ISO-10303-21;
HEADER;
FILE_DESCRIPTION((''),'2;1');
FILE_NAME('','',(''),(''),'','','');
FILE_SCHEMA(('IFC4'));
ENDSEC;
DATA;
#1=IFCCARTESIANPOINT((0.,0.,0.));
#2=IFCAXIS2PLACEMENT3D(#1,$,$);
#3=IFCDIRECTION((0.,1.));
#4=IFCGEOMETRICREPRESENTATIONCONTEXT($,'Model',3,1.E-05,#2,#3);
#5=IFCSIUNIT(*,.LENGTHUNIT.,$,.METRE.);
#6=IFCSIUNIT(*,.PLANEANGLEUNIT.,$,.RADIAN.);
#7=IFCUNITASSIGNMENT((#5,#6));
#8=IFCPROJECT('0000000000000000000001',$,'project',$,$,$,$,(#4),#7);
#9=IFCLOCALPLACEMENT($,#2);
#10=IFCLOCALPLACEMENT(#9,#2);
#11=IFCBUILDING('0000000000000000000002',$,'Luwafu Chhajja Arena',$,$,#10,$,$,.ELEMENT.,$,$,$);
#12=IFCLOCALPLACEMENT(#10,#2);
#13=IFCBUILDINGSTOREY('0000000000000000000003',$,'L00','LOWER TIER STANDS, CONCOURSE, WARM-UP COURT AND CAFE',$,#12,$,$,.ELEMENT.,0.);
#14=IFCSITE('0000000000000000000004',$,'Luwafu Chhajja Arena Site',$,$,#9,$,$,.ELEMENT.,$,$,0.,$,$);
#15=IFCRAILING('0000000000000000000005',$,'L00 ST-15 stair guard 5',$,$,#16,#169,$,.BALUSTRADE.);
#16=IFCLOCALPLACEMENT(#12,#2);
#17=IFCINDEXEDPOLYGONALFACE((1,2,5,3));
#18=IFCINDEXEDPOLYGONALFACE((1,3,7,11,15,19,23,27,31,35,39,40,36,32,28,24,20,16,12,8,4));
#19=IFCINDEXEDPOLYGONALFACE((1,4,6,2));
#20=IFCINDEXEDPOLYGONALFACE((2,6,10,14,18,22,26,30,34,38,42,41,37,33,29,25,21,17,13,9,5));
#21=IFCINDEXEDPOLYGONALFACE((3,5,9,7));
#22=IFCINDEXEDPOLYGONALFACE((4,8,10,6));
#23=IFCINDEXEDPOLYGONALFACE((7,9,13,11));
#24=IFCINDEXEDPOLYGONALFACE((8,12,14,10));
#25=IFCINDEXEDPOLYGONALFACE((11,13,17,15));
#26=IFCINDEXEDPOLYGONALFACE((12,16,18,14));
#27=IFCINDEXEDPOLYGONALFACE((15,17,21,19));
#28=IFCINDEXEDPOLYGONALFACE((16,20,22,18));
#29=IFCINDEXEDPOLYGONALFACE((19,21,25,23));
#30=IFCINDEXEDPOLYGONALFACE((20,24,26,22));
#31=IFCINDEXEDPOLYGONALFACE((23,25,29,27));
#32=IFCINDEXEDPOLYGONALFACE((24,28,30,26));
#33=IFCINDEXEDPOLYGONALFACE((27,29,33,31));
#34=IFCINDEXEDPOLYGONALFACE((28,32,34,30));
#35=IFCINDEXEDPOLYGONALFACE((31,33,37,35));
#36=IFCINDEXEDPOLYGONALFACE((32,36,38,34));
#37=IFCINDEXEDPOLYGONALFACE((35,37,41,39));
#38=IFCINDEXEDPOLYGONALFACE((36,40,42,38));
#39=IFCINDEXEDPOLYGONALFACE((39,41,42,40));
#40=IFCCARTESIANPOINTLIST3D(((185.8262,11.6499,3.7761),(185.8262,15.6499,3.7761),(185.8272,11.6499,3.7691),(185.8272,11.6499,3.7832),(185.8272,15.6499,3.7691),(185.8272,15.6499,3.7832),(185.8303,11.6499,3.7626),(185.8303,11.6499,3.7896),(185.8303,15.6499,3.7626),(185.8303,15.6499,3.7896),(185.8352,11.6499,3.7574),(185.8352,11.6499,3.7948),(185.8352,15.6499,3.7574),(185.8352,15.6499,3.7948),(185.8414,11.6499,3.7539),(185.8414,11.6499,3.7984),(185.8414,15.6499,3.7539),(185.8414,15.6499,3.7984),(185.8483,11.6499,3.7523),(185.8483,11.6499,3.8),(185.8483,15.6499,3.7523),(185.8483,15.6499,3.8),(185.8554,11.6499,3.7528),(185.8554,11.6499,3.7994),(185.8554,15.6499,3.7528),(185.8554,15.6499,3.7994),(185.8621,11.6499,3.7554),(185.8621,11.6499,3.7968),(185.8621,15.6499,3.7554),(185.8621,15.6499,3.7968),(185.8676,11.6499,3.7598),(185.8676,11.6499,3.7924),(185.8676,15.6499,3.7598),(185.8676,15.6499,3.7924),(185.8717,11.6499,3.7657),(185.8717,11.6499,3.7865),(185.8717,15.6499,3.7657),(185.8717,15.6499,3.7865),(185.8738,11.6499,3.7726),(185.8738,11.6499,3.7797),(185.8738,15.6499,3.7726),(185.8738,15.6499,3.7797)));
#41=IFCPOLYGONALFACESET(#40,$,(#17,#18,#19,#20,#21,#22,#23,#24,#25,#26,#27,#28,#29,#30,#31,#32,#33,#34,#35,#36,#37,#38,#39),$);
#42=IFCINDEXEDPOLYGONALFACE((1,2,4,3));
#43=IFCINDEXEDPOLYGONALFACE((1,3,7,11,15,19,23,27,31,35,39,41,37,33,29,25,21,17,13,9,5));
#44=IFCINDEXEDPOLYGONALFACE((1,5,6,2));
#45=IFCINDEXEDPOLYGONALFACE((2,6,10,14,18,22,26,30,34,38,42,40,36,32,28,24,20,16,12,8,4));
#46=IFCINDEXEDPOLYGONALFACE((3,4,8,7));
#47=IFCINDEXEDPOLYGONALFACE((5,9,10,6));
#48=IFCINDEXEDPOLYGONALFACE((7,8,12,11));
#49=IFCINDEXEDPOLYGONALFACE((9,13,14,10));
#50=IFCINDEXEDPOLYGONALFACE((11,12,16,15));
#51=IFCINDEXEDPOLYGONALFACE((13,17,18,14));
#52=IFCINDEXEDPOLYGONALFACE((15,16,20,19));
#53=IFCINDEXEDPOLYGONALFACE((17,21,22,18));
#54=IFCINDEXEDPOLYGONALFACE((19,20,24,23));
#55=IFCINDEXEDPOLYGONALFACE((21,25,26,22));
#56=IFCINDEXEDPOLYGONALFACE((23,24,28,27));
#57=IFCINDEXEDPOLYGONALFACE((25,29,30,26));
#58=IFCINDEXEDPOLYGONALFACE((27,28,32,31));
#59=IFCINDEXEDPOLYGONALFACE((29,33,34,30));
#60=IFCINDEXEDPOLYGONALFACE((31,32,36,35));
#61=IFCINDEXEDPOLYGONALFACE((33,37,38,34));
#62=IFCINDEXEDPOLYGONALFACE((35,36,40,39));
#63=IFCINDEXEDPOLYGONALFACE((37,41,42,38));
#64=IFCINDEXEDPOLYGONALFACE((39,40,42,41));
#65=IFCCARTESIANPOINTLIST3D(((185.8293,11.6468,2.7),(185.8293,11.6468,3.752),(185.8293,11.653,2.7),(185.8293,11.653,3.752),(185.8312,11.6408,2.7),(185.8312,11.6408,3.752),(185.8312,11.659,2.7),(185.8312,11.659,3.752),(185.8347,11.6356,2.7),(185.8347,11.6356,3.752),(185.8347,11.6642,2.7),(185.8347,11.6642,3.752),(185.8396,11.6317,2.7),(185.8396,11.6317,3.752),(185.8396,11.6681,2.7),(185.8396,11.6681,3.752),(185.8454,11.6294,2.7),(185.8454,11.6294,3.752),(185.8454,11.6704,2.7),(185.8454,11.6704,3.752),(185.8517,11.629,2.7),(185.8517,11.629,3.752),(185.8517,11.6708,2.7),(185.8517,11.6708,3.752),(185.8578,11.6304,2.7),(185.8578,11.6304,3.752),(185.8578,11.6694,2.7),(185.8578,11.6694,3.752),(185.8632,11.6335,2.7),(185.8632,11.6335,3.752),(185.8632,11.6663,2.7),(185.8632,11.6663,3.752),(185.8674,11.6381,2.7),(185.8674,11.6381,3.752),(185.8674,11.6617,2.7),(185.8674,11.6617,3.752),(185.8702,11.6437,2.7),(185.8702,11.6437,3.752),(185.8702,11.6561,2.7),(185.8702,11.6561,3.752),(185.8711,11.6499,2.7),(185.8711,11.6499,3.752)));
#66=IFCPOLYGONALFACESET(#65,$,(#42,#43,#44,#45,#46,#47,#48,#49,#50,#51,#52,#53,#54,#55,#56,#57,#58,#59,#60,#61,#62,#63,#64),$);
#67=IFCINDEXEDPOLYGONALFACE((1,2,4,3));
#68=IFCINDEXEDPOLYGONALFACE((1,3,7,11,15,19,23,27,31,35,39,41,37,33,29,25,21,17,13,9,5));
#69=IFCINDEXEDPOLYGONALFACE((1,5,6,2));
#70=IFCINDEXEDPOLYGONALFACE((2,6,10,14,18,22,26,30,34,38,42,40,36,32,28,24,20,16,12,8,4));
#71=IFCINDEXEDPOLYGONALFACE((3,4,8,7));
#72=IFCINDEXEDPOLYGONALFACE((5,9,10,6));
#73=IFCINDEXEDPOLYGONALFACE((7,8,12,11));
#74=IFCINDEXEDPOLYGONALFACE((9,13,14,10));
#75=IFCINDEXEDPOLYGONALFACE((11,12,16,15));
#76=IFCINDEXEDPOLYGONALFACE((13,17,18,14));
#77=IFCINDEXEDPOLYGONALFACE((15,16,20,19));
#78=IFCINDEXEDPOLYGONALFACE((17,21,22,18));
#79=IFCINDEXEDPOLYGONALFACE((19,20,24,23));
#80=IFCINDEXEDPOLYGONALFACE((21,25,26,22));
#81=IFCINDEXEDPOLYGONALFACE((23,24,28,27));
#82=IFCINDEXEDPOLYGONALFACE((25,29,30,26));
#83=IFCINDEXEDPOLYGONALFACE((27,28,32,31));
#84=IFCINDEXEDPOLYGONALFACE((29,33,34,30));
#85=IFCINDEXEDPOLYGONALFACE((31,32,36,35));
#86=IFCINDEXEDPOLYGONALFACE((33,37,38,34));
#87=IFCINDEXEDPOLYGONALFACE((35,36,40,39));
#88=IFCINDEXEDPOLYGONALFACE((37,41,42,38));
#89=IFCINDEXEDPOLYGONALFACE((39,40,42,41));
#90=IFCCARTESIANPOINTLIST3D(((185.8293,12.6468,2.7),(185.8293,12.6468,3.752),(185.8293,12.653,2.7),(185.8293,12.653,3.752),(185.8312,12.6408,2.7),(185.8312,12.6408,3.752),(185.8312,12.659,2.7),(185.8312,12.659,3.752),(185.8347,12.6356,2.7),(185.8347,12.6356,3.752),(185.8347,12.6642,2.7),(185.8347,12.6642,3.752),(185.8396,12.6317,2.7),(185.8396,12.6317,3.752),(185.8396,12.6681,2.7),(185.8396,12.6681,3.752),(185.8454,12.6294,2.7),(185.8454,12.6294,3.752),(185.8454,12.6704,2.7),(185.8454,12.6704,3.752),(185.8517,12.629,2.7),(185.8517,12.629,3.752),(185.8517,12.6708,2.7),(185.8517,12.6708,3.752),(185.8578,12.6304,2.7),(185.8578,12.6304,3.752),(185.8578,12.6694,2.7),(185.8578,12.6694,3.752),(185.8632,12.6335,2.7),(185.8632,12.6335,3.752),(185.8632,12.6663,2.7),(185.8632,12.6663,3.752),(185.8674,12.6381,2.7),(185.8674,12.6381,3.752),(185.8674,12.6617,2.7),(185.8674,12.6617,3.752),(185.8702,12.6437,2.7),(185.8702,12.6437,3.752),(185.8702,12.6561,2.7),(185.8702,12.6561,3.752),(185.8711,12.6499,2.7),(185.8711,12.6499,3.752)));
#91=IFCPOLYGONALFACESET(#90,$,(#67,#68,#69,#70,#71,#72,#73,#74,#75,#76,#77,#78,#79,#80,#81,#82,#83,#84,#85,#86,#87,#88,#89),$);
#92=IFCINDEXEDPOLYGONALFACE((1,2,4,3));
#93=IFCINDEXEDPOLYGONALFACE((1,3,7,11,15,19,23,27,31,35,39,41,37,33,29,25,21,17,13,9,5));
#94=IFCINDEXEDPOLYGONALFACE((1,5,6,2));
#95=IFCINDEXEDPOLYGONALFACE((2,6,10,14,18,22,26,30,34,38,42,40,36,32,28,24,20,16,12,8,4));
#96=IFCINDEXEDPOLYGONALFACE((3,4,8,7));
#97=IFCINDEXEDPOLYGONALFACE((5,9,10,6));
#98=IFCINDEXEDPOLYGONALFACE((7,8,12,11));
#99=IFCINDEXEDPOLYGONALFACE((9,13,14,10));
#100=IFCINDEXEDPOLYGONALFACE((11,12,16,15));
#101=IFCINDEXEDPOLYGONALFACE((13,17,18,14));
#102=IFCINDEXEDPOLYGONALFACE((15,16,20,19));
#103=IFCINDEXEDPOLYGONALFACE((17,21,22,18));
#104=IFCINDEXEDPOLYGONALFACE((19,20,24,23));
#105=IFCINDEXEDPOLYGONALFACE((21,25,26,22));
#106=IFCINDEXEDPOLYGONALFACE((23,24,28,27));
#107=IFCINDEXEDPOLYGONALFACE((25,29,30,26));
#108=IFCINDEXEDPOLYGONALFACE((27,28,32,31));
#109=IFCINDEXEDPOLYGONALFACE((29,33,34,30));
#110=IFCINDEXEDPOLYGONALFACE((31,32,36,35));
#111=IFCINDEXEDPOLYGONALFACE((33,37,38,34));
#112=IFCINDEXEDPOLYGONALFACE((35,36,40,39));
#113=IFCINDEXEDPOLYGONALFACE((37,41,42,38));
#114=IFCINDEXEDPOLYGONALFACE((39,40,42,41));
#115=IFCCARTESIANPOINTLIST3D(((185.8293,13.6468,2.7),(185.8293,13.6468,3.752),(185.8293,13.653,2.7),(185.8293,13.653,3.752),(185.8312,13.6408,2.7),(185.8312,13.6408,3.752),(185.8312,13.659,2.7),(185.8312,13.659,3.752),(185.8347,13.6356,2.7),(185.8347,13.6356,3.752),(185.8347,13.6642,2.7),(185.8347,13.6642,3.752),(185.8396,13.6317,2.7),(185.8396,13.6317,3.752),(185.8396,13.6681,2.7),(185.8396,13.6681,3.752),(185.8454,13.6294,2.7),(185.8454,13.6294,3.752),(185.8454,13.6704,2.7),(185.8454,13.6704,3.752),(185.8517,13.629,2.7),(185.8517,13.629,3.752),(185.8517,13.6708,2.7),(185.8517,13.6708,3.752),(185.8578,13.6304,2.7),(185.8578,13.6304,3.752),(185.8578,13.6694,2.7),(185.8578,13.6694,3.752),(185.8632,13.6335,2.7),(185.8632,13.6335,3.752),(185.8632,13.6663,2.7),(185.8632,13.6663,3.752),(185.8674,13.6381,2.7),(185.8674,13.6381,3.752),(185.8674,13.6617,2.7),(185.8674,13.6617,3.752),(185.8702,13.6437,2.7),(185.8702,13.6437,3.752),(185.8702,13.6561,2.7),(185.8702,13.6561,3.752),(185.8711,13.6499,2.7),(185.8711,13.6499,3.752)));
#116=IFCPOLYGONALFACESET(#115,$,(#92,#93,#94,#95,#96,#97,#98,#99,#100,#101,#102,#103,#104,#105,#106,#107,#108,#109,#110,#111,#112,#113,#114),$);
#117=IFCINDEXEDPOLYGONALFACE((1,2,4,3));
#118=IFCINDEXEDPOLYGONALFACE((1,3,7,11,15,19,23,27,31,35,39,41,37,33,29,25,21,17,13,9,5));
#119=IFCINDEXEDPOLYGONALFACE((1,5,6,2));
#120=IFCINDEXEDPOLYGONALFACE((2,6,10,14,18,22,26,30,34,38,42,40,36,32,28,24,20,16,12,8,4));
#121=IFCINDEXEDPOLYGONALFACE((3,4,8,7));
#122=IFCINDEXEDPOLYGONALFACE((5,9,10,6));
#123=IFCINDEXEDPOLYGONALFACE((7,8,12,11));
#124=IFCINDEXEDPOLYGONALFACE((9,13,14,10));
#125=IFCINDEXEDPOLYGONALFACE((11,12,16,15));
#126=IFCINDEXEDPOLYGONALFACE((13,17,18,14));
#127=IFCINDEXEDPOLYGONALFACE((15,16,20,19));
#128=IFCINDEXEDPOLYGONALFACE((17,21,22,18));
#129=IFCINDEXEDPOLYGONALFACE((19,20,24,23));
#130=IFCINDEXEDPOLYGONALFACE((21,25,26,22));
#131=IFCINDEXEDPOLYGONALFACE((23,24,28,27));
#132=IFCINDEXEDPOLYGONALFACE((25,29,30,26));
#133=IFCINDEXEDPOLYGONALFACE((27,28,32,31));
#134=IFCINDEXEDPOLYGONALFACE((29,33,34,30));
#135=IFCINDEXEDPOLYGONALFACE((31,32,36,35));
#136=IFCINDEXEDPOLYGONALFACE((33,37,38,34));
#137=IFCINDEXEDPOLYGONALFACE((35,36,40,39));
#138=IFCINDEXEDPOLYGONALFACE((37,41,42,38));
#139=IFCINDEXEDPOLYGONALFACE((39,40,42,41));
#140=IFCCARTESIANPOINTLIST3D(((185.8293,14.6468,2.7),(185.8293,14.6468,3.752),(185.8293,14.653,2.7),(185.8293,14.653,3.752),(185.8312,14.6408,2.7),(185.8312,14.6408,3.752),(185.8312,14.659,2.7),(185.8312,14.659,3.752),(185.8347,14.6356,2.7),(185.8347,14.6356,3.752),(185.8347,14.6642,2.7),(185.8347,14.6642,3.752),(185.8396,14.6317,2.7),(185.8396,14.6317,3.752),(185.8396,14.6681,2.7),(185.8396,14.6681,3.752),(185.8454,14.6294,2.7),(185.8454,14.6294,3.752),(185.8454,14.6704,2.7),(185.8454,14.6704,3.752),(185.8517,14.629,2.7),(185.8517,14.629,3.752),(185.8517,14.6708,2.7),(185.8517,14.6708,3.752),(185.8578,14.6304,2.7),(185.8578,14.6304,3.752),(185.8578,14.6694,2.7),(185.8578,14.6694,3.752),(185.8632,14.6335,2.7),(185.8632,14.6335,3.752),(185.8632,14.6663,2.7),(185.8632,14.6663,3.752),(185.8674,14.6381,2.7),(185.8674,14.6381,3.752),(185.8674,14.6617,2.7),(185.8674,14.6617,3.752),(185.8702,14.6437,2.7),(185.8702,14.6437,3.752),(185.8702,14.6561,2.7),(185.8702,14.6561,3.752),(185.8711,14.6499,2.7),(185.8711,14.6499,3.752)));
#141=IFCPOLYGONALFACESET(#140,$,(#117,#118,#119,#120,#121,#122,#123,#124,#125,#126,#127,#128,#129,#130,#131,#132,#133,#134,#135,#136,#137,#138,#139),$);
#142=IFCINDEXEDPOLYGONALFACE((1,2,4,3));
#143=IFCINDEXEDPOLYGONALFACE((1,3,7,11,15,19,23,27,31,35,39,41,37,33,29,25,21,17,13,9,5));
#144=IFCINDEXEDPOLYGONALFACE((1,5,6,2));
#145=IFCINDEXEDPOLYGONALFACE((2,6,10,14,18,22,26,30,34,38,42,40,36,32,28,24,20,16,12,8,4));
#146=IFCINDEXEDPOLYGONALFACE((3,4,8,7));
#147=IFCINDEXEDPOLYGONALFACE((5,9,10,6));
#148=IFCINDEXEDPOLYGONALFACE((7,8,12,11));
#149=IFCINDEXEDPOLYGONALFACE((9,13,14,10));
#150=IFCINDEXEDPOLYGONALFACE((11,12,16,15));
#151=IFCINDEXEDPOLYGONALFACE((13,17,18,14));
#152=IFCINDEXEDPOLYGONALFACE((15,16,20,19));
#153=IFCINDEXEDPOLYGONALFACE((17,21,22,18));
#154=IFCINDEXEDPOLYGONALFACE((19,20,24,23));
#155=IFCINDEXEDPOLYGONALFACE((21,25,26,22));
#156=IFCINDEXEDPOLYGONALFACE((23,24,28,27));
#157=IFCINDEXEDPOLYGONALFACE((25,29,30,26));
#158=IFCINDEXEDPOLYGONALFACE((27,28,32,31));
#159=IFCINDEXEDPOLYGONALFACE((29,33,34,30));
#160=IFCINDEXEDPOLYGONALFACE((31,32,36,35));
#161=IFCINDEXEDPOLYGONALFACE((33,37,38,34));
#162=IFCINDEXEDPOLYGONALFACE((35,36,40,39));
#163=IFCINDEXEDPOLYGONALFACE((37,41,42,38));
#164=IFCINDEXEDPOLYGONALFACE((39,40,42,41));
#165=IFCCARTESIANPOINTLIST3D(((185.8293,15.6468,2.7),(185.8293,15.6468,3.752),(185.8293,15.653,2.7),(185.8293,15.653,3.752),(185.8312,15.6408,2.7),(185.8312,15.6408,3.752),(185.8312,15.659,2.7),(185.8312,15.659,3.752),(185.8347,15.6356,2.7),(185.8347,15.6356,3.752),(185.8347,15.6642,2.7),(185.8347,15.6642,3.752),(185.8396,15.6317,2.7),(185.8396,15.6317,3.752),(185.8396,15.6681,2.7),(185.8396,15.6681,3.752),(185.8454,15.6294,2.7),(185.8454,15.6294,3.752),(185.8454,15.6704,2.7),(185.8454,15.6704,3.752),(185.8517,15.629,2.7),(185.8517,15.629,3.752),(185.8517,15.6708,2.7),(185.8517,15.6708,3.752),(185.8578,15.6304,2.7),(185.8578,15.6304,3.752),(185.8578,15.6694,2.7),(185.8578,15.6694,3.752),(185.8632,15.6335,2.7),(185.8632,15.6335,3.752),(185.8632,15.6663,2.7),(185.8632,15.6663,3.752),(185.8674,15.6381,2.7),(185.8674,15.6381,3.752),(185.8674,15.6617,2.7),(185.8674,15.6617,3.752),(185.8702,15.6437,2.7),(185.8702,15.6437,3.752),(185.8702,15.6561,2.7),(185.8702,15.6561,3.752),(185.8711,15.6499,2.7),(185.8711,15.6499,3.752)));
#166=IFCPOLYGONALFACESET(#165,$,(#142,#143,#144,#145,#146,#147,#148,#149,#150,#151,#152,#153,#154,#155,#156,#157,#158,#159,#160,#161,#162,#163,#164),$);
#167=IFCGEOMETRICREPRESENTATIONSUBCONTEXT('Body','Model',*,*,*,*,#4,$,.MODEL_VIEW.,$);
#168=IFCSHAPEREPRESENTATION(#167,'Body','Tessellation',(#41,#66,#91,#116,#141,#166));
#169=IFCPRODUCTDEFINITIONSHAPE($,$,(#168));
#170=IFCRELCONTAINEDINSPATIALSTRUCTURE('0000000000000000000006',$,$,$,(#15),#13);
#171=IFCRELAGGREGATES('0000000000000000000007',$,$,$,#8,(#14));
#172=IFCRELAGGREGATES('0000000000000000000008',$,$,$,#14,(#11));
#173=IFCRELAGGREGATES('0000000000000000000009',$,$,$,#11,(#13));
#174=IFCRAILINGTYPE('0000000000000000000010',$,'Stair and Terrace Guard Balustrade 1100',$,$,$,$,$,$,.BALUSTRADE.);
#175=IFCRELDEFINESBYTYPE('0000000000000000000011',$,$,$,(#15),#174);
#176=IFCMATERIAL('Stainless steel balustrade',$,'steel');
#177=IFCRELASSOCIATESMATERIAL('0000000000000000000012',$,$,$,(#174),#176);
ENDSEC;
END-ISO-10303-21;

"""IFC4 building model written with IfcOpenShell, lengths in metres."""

from ifc_helpers import new_model, si_unit, direction, frame, origin, origin_2d, place, context, subcontext, project, spatial, circle, extrude, material, type_object, element, save


model = new_model("IFC4")

# Units and contexts
model_context = context("Model", 3, precision=1e-05, world=origin(), true_north=direction((0.0, 1.0)))
body_context = subcontext(model_context, "Body", "Model", "MODEL_VIEW")
ifc_project = project(units=[si_unit("LENGTHUNIT", "METRE"), si_unit("PLANEANGLEUNIT", "RADIAN")], contexts=[model_context])

# Site, building, storey
site_placement = place(None, origin())
site = spatial("IfcSite", under=ifc_project, at=site_placement, Name="Luwafu Chhajja Arena Site", CompositionType="ELEMENT", RefElevation=0.0)
building_placement = place(site_placement, origin())
building = spatial("IfcBuilding", under=site, at=building_placement, Name="Luwafu Chhajja Arena", CompositionType="ELEMENT")
storey_placement = place(building_placement, origin())
storey = spatial("IfcBuildingStorey", under=building, at=storey_placement, Name="L00", Description="LOWER TIER STANDS, CONCOURSE, WARM-UP COURT AND CAFE", CompositionType="ELEMENT", Elevation=0.0)

# Railing
ifc_material_1 = material(Name="Stainless steel balustrade", Category="steel")
railing_type_1 = type_object("IfcRailingType", Name="Stair and Terrace Guard Balustrade 1100", PredefinedType="BALUSTRADE", material=ifc_material_1)
railing_1_placement = place(storey_placement, frame((185.8501, 11.6499, 2.7)))
element("IfcRailing", 1, at=railing_1_placement, inside=storey, type_object=railing_type_1, Name="L00 ST-15 stair guard 5", PredefinedType="BALUSTRADE", context=body_context, shape_type="SweptSolid", body=[
    extrude(circle(Radius=0.0239, at=origin_2d()), frame((0.0, 0.0, 1.0762), z_axis=(0.0, 1.0, 0.0), x_axis=(-1.0, 0.0, 0.0)), (0.0, 0.0, 1.0), 4.0),
    extrude(circle(Radius=0.021, at=origin_2d()), origin(), (0.0, 0.0, 1.0), 1.052),
    extrude(circle(Radius=0.021, at=origin_2d()), frame((0.0, 1.0, 0.0)), (0.0, 0.0, 1.0), 1.052),
    extrude(circle(Radius=0.021, at=origin_2d()), frame((0.0, 2.0, 0.0)), (0.0, 0.0, 1.0), 1.052),
    extrude(circle(Radius=0.021, at=origin_2d()), frame((0.0, 3.0, 0.0)), (0.0, 0.0, 1.0), 1.052),
    extrude(circle(Radius=0.021, at=origin_2d()), frame((0.0, 4.0, 0.0)), (0.0, 0.0, 1.0), 1.052),
])

save(model, "model.ifc")
